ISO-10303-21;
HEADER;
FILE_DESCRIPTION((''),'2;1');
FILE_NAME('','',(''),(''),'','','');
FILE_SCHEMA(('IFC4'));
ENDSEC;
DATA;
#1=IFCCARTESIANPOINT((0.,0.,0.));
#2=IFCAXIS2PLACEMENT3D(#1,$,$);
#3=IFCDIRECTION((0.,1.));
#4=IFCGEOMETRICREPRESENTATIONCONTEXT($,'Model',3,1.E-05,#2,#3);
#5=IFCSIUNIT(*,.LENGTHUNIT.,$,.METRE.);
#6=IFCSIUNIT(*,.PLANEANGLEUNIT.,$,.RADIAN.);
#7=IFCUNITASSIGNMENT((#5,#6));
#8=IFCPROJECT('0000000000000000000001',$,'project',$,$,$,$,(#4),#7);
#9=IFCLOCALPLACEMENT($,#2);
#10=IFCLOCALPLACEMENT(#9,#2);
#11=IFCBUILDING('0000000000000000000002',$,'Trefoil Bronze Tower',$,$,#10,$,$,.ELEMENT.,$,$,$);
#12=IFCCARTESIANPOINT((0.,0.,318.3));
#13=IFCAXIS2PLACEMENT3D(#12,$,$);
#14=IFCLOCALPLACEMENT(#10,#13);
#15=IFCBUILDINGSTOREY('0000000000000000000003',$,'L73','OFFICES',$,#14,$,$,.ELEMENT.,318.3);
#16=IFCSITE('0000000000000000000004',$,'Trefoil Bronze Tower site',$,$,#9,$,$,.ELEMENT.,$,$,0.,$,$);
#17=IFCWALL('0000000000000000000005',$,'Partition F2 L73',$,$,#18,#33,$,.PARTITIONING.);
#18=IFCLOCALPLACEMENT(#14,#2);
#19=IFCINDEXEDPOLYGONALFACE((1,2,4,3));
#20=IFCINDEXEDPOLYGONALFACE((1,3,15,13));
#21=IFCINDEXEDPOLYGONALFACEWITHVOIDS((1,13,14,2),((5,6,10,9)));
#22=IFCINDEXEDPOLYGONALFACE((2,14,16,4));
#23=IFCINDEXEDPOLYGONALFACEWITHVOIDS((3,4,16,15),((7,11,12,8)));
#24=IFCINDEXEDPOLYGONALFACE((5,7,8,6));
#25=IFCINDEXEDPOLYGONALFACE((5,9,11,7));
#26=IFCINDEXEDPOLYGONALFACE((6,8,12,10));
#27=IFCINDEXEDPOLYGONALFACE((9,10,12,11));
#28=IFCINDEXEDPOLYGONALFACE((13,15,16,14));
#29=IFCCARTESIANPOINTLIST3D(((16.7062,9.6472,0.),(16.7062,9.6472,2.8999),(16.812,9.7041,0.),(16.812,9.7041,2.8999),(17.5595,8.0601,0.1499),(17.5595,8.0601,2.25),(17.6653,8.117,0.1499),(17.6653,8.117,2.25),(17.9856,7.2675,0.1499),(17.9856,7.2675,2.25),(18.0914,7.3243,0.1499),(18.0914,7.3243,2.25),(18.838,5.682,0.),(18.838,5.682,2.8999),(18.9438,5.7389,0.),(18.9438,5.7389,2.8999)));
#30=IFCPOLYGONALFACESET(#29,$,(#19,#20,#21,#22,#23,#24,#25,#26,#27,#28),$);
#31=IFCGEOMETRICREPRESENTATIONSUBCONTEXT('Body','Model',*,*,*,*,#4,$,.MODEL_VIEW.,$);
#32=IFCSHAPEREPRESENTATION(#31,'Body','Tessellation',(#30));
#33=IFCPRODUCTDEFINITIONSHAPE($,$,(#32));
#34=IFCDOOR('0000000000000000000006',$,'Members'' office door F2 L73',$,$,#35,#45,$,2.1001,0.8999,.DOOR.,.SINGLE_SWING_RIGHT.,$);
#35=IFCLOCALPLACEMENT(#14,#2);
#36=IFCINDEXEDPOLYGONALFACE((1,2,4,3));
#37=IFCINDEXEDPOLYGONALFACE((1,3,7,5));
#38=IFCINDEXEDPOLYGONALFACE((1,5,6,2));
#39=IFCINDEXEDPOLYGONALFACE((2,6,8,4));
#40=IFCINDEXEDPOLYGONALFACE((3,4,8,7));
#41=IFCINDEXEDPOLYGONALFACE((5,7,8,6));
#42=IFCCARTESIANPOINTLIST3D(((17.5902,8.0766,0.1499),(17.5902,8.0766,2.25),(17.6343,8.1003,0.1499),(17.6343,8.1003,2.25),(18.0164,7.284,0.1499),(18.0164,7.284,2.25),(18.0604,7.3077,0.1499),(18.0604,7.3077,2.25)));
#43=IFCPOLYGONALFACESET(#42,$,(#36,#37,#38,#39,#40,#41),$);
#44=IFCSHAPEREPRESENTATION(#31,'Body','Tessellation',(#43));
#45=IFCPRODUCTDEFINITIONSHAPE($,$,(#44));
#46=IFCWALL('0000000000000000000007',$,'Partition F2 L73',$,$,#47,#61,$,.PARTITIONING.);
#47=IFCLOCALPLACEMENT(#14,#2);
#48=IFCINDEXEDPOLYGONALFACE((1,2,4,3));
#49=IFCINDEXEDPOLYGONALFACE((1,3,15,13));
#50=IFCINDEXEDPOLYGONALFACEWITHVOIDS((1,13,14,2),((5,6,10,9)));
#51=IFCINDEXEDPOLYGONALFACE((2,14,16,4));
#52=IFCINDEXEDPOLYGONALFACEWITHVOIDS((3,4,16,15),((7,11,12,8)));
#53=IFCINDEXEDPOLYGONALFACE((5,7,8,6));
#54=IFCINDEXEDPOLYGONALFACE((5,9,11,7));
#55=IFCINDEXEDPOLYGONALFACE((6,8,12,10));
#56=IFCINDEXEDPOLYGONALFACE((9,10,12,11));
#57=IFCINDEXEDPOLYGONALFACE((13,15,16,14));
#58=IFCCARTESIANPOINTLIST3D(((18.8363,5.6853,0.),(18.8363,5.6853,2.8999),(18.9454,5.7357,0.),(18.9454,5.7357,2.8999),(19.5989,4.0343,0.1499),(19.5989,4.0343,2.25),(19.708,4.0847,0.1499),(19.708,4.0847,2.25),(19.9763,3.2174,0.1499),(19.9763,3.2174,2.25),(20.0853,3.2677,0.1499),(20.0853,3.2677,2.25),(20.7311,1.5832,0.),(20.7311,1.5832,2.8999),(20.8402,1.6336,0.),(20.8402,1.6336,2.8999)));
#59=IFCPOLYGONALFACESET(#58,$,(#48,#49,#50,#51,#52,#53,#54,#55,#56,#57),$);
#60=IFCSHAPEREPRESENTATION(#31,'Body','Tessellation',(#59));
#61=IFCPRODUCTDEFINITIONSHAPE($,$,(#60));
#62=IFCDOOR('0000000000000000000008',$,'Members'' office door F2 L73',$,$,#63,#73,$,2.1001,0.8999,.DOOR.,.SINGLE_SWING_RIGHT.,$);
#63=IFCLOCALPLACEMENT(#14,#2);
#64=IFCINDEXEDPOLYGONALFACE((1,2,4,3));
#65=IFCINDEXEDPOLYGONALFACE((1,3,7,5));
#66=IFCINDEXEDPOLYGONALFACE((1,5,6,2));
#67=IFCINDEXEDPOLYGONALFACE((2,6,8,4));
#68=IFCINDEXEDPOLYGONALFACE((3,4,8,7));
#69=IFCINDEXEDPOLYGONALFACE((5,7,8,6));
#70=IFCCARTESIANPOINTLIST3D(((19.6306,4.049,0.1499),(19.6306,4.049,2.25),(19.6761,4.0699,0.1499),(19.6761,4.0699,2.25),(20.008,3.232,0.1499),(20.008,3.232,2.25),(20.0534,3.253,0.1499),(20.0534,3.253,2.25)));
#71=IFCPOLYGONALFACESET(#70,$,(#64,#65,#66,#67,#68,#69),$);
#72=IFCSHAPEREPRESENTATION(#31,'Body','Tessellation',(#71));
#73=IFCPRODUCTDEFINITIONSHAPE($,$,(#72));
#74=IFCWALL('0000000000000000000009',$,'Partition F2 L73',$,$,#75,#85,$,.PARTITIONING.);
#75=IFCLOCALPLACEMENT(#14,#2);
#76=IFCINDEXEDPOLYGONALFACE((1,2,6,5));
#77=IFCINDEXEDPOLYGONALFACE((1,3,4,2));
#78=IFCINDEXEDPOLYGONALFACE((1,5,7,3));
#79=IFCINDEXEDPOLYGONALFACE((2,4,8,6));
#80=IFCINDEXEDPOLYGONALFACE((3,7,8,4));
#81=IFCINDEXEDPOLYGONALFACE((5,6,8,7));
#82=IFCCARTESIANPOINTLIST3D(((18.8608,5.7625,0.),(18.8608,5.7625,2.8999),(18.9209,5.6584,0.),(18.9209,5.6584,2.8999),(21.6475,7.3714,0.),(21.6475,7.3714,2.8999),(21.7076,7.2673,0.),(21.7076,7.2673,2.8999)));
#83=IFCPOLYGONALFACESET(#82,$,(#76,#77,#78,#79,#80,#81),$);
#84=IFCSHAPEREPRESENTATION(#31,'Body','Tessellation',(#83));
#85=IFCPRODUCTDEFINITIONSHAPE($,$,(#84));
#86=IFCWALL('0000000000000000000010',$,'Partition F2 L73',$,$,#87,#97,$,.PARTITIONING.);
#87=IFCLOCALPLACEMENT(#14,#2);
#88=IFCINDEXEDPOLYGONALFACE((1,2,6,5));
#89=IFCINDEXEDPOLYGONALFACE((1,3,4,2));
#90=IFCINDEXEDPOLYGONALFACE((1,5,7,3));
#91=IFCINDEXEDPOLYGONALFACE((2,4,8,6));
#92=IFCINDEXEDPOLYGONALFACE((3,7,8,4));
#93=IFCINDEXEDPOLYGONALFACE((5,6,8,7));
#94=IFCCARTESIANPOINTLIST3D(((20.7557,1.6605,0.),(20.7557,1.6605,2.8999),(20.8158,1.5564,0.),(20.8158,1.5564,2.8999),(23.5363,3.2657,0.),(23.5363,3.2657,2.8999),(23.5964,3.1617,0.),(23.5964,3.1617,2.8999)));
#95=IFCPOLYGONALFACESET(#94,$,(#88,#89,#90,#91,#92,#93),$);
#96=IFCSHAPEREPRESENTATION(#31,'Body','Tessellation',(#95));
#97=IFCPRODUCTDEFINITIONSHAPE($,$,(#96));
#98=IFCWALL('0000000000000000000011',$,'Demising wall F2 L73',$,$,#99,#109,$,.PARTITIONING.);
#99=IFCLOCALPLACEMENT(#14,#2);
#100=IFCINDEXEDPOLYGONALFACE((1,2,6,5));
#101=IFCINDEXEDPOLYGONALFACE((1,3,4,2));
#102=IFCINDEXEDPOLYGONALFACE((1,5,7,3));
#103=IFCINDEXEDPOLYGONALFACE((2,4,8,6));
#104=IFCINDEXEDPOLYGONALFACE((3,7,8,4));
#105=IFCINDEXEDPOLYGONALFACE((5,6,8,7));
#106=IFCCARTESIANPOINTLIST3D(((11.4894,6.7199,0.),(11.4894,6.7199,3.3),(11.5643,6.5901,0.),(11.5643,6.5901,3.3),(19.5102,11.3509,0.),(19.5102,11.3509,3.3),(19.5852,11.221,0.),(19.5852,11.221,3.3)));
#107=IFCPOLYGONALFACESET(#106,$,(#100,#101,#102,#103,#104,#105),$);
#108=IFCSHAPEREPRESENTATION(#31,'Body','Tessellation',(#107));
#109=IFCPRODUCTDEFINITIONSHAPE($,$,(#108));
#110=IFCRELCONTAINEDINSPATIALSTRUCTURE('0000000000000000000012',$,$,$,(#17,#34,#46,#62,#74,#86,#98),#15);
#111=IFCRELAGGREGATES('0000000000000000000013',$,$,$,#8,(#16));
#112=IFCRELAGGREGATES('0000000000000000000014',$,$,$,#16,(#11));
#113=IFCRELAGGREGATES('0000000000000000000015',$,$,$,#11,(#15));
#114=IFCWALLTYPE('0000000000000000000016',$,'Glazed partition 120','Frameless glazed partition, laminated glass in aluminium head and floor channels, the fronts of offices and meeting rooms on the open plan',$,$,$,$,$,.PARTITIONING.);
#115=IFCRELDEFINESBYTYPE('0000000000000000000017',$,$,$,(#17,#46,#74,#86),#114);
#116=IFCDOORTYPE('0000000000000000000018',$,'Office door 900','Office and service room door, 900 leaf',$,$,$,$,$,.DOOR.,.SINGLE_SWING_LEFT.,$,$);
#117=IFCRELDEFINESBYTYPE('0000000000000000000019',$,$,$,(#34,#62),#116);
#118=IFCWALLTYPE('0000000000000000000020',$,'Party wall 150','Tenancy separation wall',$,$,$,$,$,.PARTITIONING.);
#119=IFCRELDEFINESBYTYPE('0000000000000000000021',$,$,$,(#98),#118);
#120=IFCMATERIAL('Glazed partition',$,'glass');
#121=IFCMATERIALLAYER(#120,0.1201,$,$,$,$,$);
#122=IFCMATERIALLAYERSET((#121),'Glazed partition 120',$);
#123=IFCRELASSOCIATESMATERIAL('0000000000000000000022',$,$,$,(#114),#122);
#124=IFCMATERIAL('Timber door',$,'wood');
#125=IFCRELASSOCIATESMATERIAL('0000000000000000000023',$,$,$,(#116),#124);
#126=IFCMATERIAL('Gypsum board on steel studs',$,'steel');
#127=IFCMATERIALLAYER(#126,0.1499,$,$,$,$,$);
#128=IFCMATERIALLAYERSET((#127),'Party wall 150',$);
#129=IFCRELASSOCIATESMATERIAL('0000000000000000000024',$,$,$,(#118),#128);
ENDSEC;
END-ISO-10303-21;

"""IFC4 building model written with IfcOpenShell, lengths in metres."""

from ifc_helpers import new_model, si_unit, direction, frame, frame_2d, origin, place, context, subcontext, project, spatial, rectangle, extrude, material, layer, layer_set, type_object, element, fill, save


model = new_model("IFC4")

# Units and contexts
model_context = context("Model", 3, precision=1e-05, world=origin(), true_north=direction((0.0, 1.0)))
body_context = subcontext(model_context, "Body", "Model", "MODEL_VIEW")
ifc_project = project(units=[si_unit("LENGTHUNIT", "METRE"), si_unit("PLANEANGLEUNIT", "RADIAN")], contexts=[model_context])

# Site, building, storey
site_placement = place(None, origin())
site = spatial("IfcSite", under=ifc_project, at=site_placement, Name="Trefoil Bronze Tower site", CompositionType="ELEMENT", RefElevation=0.0)
building_placement = place(site_placement, origin())
building = spatial("IfcBuilding", under=site, at=building_placement, Name="Trefoil Bronze Tower", CompositionType="ELEMENT")
storey_placement = place(building_placement, frame((0.0, 0.0, 318.3)))
storey = spatial("IfcBuildingStorey", under=building, at=storey_placement, Name="L73", Description="OFFICES", CompositionType="ELEMENT", Elevation=318.3)

# Shared definitions
ifc_material_1 = material(Name="Glazed partition", Category="glass")
ifc_layer_1 = layer(ifc_material_1, 0.1201)
ifc_layer_set_1 = layer_set([ifc_layer_1], Name="Glazed partition 120")
wall_type_1 = type_object("IfcWallType", Name="Glazed partition 120", Description="Frameless glazed partition, laminated glass in aluminium head and floor channels, the fronts of offices and meeting rooms on the open plan", PredefinedType="PARTITIONING", material=ifc_layer_set_1)

# Walls, openings, doors
wall_1_placement = place(storey_placement, frame((18.8909, 5.7104, 0.0), z_axis=(0.0, 0.0, 1.0), x_axis=(-0.473524, 0.880781, 0.0)))
wall_1 = element("IfcWall", 1, at=wall_1_placement, inside=storey, type_object=wall_type_1, Name="Partition F2 L73", PredefinedType="PARTITIONING", context=body_context, shape_type="SweptSolid", body=[
    extrude(rectangle(XDim=4.502, YDim=0.1201, at=frame_2d((2.251, 0.0))), origin(), (0.0, 0.0, 1.0), 2.8999),
])
opening_1_placement = place(wall_1_placement, frame((1.8, 0.0, 0.1499)))
opening_1 = element("IfcOpeningElement", 2, at=opening_1_placement, cuts=wall_1, PredefinedType="OPENING", context=body_context, shape_type="SweptSolid", body=[
    extrude(rectangle(XDim=0.8999, YDim=2.1001, at=frame_2d((0.45, 1.05))), frame((0.0, 0.0701, 0.0), z_axis=(0.0, -1.0, 0.0), x_axis=(1.0, 0.0, 0.0)), (0.0, 0.0, 1.0), 0.1401),
])
ifc_material_2 = material(Name="Timber door", Category="wood")
door_type_1 = type_object("IfcDoorType", Name="Office door 900", Description="Office and service room door, 900 leaf", OperationType="SINGLE_SWING_LEFT", PredefinedType="DOOR", material=ifc_material_2)
door_1_placement = place(opening_1_placement, frame((0.8999, 0.0, 0.0), z_axis=(0.0, 0.0, 1.0), x_axis=(-1.0, 0.0, 0.0)))
door_1 = element("IfcDoor", 3, at=door_1_placement, inside=storey, type_object=door_type_1, Name="Members' office door F2 L73", OperationType="SINGLE_SWING_RIGHT", OverallHeight=2.1001, OverallWidth=0.8999, PredefinedType="DOOR", context=body_context, shape_type="SweptSolid", body=[
    extrude(rectangle(XDim=0.8999, YDim=2.1001, at=frame_2d((0.45, 1.05))), frame((0.0, 0.0249, 0.0), z_axis=(0.0, -1.0, 0.0), x_axis=(1.0, 0.0, 0.0)), (0.0, 0.0, 1.0), 0.05),
])
fill(opening_1, door_1)
wall_2_placement = place(storey_placement, frame((20.7856, 1.6084, 0.0), z_axis=(0.0, 0.0, 1.0), x_axis=(-0.419336, 0.907831, 0.0)))
wall_2 = element("IfcWall", 4, at=wall_2_placement, inside=storey, type_object=wall_type_1, Name="Partition F2 L73", PredefinedType="PARTITIONING", context=body_context, shape_type="SweptSolid", body=[
    extrude(rectangle(XDim=4.5186, YDim=0.1201, at=frame_2d((2.2593, 0.0))), origin(), (0.0, 0.0, 1.0), 2.8999),
])
opening_2_placement = place(wall_2_placement, frame((1.8, 0.0, 0.1499)))
opening_2 = element("IfcOpeningElement", 5, at=opening_2_placement, cuts=wall_2, PredefinedType="OPENING", context=body_context, shape_type="SweptSolid", body=[
    extrude(rectangle(XDim=0.8999, YDim=2.1001, at=frame_2d((0.45, 1.05))), frame((0.0, 0.0701, 0.0), z_axis=(0.0, -1.0, 0.0), x_axis=(1.0, 0.0, 0.0)), (0.0, 0.0, 1.0), 0.1401),
])
door_2_placement = place(opening_2_placement, frame((0.8999, 0.0, 0.0), z_axis=(0.0, 0.0, 1.0), x_axis=(-1.0, 0.0, 0.0)))
door_2 = element("IfcDoor", 6, at=door_2_placement, inside=storey, type_object=door_type_1, Name="Members' office door F2 L73", OperationType="SINGLE_SWING_RIGHT", OverallHeight=2.1001, OverallWidth=0.8999, PredefinedType="DOOR", context=body_context, shape_type="SweptSolid", body=[
    extrude(rectangle(XDim=0.8999, YDim=2.1001, at=frame_2d((0.45, 1.05))), frame((0.0, 0.0249, 0.0), z_axis=(0.0, -1.0, 0.0), x_axis=(1.0, 0.0, 0.0)), (0.0, 0.0, 1.0), 0.05),
])
fill(opening_2, door_2)

# Walls
wall_3_placement = place(storey_placement, frame((18.8909, 5.7104, 0.0), z_axis=(0.0, 0.0, 1.0), x_axis=(0.866021, 0.500007, 0.0)))
element("IfcWall", 7, at=wall_3_placement, inside=storey, type_object=wall_type_1, Name="Partition F2 L73", PredefinedType="PARTITIONING", context=body_context, shape_type="SweptSolid", body=[
    extrude(rectangle(XDim=3.2178, YDim=0.1201, at=frame_2d((1.6089, 0.0))), origin(), (0.0, 0.0, 1.0), 2.8999),
])
wall_4_placement = place(storey_placement, frame((20.7856, 1.6084, 0.0), z_axis=(0.0, 0.0, 1.0), x_axis=(0.86604, 0.499975, 0.0)))
element("IfcWall", 8, at=wall_4_placement, inside=storey, type_object=wall_type_1, Name="Partition F2 L73", PredefinedType="PARTITIONING", context=body_context, shape_type="SweptSolid", body=[
    extrude(rectangle(XDim=3.2107, YDim=0.1201, at=frame_2d((1.6055, 0.0))), origin(), (0.0, 0.0, 1.0), 2.8999),
])
ifc_material_3 = material(Name="Gypsum board on steel studs", Category="steel")
ifc_layer_2 = layer(ifc_material_3, 0.1499)
ifc_layer_set_2 = layer_set([ifc_layer_2], Name="Party wall 150")
wall_type_2 = type_object("IfcWallType", Name="Party wall 150", Description="Tenancy separation wall", PredefinedType="PARTITIONING", material=ifc_layer_set_2)
wall_5_placement = place(storey_placement, frame((11.5269, 6.655, 0.0), z_axis=(0.0, 0.0, 1.0), x_axis=(0.866022, 0.500006, 0.0)))
element("IfcWall", 9, at=wall_5_placement, inside=storey, type_object=wall_type_2, Name="Demising wall F2 L73", PredefinedType="PARTITIONING", context=body_context, shape_type="SweptSolid", body=[
    extrude(rectangle(XDim=9.2617, YDim=0.1499, at=frame_2d((4.6309, 0.0))), origin(), (0.0, 0.0, 1.0), 3.3),
])

save(model, "model.ifc")
